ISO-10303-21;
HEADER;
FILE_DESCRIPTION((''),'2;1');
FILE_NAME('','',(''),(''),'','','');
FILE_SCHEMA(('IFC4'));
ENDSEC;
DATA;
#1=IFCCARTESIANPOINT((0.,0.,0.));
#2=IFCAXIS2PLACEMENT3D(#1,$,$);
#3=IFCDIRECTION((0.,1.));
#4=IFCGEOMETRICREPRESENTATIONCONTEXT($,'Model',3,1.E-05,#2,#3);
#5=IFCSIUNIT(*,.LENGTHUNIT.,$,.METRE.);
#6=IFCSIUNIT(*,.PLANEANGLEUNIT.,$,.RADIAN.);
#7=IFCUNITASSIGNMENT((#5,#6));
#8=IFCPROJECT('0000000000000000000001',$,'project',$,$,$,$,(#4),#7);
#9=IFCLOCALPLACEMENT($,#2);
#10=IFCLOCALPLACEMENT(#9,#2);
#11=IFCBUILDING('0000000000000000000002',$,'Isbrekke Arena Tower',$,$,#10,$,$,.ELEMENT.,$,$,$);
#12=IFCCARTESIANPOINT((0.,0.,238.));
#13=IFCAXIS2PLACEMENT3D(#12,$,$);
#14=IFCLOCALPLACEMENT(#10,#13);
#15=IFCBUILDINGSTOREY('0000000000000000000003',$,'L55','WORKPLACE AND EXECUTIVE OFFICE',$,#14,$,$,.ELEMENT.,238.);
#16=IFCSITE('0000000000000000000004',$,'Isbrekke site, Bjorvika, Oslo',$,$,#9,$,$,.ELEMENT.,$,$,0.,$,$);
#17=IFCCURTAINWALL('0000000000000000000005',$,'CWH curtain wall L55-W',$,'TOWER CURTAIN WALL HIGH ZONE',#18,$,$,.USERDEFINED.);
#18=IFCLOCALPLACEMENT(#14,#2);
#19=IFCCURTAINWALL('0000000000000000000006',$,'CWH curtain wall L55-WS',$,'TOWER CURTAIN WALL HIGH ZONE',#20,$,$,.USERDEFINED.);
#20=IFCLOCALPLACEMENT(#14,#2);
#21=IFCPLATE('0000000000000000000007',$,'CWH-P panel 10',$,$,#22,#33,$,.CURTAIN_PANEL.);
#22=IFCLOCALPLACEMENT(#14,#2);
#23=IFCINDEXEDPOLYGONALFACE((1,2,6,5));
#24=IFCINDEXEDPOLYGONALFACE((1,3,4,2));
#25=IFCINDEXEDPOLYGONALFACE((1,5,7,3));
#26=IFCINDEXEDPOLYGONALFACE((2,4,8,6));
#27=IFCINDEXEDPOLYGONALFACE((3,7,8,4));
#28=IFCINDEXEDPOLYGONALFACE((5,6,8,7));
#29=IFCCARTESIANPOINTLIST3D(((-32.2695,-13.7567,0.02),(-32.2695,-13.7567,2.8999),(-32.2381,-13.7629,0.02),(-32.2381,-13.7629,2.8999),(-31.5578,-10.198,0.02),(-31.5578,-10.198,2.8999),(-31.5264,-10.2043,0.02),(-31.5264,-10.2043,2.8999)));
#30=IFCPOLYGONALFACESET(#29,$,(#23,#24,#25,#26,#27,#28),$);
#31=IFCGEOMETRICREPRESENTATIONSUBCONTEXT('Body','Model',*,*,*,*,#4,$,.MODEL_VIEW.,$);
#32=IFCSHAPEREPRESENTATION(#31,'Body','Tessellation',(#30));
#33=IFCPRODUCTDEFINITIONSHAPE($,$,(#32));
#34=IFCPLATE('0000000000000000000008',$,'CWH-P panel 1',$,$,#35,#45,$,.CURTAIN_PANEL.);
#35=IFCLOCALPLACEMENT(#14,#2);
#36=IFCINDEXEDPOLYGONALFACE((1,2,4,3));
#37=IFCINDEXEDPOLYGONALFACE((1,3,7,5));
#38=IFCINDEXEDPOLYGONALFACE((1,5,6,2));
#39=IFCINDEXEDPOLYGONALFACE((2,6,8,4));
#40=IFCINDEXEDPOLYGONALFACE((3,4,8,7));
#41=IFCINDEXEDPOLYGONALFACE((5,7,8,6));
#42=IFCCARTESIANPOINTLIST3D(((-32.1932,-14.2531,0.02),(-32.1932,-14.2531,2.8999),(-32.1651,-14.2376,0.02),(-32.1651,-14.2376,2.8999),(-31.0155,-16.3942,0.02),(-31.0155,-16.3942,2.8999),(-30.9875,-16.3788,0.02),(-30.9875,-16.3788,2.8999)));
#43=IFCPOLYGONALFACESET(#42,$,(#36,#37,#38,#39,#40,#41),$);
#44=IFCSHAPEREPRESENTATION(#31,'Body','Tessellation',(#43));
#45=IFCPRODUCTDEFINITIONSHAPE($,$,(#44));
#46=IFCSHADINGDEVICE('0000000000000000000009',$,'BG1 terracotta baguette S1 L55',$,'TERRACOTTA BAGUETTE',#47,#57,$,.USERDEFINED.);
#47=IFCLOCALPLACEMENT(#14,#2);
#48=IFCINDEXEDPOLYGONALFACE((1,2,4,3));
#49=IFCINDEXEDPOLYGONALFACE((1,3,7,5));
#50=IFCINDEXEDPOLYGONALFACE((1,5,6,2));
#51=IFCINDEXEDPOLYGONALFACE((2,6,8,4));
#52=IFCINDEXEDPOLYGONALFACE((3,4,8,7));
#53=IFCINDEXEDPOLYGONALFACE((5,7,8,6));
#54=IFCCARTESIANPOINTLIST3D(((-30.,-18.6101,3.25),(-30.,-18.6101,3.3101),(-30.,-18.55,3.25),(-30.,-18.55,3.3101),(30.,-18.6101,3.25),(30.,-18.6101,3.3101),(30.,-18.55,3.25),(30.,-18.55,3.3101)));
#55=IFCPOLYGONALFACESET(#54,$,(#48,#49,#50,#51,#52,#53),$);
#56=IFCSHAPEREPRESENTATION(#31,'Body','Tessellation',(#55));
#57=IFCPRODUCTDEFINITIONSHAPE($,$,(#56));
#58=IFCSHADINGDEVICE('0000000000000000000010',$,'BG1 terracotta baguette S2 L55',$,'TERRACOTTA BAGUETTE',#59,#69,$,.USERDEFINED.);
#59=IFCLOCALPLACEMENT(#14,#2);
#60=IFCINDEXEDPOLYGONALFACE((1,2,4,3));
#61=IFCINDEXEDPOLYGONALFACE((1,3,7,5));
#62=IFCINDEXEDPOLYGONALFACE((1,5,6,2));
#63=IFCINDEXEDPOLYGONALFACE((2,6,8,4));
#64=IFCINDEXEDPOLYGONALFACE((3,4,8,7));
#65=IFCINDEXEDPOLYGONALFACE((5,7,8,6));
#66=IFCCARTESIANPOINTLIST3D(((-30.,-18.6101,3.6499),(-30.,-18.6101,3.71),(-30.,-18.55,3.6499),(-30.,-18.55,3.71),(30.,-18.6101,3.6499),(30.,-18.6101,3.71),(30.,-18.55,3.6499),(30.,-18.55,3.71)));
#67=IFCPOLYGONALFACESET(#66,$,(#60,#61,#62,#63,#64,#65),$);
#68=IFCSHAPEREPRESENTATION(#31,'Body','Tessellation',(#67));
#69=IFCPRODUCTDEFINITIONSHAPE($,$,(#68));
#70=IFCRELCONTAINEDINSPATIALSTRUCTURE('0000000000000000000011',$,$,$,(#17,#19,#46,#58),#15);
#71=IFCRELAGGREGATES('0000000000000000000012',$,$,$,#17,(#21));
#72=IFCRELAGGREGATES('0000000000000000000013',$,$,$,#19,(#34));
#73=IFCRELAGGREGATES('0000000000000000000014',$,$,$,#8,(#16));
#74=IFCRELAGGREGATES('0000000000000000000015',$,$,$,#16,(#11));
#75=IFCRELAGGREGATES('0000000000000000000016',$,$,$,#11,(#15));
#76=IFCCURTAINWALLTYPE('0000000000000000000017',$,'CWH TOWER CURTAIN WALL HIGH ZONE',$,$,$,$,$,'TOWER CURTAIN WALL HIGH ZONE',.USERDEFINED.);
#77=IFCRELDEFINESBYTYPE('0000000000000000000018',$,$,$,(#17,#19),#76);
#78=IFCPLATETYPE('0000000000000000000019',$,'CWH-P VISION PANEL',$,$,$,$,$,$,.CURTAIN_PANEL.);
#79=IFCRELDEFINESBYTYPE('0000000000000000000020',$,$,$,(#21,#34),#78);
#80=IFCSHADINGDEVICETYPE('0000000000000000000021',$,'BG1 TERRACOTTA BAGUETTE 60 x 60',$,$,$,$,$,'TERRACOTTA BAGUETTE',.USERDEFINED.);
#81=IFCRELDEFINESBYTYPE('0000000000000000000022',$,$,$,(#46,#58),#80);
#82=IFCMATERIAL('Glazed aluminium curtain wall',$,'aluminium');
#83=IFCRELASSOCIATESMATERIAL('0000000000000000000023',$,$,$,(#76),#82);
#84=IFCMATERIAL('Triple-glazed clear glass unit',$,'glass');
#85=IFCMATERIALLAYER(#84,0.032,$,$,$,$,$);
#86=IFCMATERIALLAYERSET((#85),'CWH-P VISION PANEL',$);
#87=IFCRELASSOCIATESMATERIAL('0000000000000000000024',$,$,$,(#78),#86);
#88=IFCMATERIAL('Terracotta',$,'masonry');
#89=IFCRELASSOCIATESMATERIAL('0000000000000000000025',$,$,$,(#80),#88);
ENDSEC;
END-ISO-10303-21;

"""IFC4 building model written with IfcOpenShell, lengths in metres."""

from ifc_helpers import new_model, si_unit, direction, frame, origin, origin_2d, place, context, subcontext, project, spatial, rectangle, extrude, material, layer, layer_set, material_profile, profile_set, type_object, element, aggregate, save


model = new_model("IFC4")

# Units and contexts
model_context = context("Model", 3, precision=1e-05, world=origin(), true_north=direction((0.0, 1.0)))
body_context = subcontext(model_context, "Body", "Model", "MODEL_VIEW")
ifc_project = project(units=[si_unit("LENGTHUNIT", "METRE"), si_unit("PLANEANGLEUNIT", "RADIAN")], contexts=[model_context])

# Site, building, storey
site_placement = place(None, origin())
site = spatial("IfcSite", under=ifc_project, at=site_placement, Name="Isbrekke site, Bjorvika, Oslo", CompositionType="ELEMENT", RefElevation=0.0)
building_placement = place(site_placement, origin())
building = spatial("IfcBuilding", under=site, at=building_placement, Name="Isbrekke Arena Tower", CompositionType="ELEMENT")
storey_placement = place(building_placement, frame((0.0, 0.0, 238.0)))
storey = spatial("IfcBuildingStorey", under=building, at=storey_placement, Name="L55", Description="WORKPLACE AND EXECUTIVE OFFICE", CompositionType="ELEMENT", Elevation=238.0)

# Shared definitions
ifc_material_1 = material(Name="Glazed aluminium curtain wall", Category="aluminium")
curtain_wall_type = type_object("IfcCurtainWallType", Name="CWH TOWER CURTAIN WALL HIGH ZONE", ElementType="TOWER CURTAIN WALL HIGH ZONE", PredefinedType="USERDEFINED", material=ifc_material_1)

# Curtain walls
curtain_wall_1_placement = place(storey_placement, origin())
curtain_wall_1 = element("IfcCurtainWall", 1, at=curtain_wall_1_placement, inside=storey, type_object=curtain_wall_type, Name="CWH curtain wall L55-W", ObjectType="TOWER CURTAIN WALL HIGH ZONE", PredefinedType="USERDEFINED")
curtain_wall_2_placement = place(storey_placement, origin())
curtain_wall_2 = element("IfcCurtainWall", 2, at=curtain_wall_2_placement, inside=storey, type_object=curtain_wall_type, Name="CWH curtain wall L55-WS", ObjectType="TOWER CURTAIN WALL HIGH ZONE", PredefinedType="USERDEFINED")

# Plates
ifc_material_2 = material(Name="Triple-glazed clear glass unit", Category="glass")
ifc_layer = layer(ifc_material_2, 0.032)
ifc_layer_set = layer_set([ifc_layer], Name="CWH-P VISION PANEL")
plate_type = type_object("IfcPlateType", Name="CWH-P VISION PANEL", PredefinedType="CURTAIN_PANEL", material=ifc_layer_set)
plate_1_placement = place(storey_placement, frame((-31.8979, -11.9805, 0.02), z_axis=(0.0, 0.0, 1.0), x_axis=(-0.196116, -0.980581, 0.0)))
plate_1 = element("IfcPlate", 3, at=plate_1_placement, type_object=plate_type, Name="CWH-P panel 10", PredefinedType="CURTAIN_PANEL", context=body_context, shape_type="SweptSolid", body=[
    extrude(rectangle(XDim=3.6292, YDim=0.032, at=origin_2d()), origin(), (0.0, 0.0, 1.0), 2.8799),
])
aggregate(curtain_wall_1, [plate_1])
plate_2_placement = place(storey_placement, frame((-31.5903, -15.3159, 0.02), z_axis=(0.0, 0.0, 1.0), x_axis=(0.481919, -0.876216, 0.0)))
plate_2 = element("IfcPlate", 4, at=plate_2_placement, type_object=plate_type, Name="CWH-P panel 1", PredefinedType="CURTAIN_PANEL", context=body_context, shape_type="SweptSolid", body=[
    extrude(rectangle(XDim=2.4436, YDim=0.032, at=origin_2d()), origin(), (0.0, 0.0, 1.0), 2.8799),
])
aggregate(curtain_wall_2, [plate_2])

# Shading devices
ifc_material_3 = material(Name="Terracotta", Category="masonry")
ifc_material_profile_1 = material_profile(ifc_material_3, rectangle(XDim=0.0601, YDim=0.0601, at=origin_2d()), Name="BAGUETTE 60X60")
ifc_profile_set_1 = profile_set([ifc_material_profile_1], Name="Terracotta")
shading_device_type = type_object("IfcShadingDeviceType", Name="BG1 TERRACOTTA BAGUETTE 60 x 60", ElementType="TERRACOTTA BAGUETTE", PredefinedType="USERDEFINED", material=ifc_profile_set_1)
for number, where, z_axis, x_axis, name in (
    (5, (-30.0, -18.5801, 3.28), (1.0, 0.0, 0.0), (0.0, 1.0, 0.0), "BG1 terracotta baguette S1 L55"),
    (6, (-30.0, -18.5801, 3.6799), (1.0, 0.0, 0.0), (0.0, 1.0, 0.0), "BG1 terracotta baguette S2 L55"),
):
    element("IfcShadingDevice", number, at=place(storey_placement, frame(where, z_axis=z_axis, x_axis=x_axis)), inside=storey, type_object=shading_device_type, Name=name, ObjectType="TERRACOTTA BAGUETTE", PredefinedType="USERDEFINED", context=body_context, shape_type="SweptSolid", body=[
        extrude(rectangle(XDim=0.0601, YDim=0.0601, at=origin_2d()), origin(), (0.0, 0.0, 1.0), 60.0),
    ])

save(model, "model.ifc")
